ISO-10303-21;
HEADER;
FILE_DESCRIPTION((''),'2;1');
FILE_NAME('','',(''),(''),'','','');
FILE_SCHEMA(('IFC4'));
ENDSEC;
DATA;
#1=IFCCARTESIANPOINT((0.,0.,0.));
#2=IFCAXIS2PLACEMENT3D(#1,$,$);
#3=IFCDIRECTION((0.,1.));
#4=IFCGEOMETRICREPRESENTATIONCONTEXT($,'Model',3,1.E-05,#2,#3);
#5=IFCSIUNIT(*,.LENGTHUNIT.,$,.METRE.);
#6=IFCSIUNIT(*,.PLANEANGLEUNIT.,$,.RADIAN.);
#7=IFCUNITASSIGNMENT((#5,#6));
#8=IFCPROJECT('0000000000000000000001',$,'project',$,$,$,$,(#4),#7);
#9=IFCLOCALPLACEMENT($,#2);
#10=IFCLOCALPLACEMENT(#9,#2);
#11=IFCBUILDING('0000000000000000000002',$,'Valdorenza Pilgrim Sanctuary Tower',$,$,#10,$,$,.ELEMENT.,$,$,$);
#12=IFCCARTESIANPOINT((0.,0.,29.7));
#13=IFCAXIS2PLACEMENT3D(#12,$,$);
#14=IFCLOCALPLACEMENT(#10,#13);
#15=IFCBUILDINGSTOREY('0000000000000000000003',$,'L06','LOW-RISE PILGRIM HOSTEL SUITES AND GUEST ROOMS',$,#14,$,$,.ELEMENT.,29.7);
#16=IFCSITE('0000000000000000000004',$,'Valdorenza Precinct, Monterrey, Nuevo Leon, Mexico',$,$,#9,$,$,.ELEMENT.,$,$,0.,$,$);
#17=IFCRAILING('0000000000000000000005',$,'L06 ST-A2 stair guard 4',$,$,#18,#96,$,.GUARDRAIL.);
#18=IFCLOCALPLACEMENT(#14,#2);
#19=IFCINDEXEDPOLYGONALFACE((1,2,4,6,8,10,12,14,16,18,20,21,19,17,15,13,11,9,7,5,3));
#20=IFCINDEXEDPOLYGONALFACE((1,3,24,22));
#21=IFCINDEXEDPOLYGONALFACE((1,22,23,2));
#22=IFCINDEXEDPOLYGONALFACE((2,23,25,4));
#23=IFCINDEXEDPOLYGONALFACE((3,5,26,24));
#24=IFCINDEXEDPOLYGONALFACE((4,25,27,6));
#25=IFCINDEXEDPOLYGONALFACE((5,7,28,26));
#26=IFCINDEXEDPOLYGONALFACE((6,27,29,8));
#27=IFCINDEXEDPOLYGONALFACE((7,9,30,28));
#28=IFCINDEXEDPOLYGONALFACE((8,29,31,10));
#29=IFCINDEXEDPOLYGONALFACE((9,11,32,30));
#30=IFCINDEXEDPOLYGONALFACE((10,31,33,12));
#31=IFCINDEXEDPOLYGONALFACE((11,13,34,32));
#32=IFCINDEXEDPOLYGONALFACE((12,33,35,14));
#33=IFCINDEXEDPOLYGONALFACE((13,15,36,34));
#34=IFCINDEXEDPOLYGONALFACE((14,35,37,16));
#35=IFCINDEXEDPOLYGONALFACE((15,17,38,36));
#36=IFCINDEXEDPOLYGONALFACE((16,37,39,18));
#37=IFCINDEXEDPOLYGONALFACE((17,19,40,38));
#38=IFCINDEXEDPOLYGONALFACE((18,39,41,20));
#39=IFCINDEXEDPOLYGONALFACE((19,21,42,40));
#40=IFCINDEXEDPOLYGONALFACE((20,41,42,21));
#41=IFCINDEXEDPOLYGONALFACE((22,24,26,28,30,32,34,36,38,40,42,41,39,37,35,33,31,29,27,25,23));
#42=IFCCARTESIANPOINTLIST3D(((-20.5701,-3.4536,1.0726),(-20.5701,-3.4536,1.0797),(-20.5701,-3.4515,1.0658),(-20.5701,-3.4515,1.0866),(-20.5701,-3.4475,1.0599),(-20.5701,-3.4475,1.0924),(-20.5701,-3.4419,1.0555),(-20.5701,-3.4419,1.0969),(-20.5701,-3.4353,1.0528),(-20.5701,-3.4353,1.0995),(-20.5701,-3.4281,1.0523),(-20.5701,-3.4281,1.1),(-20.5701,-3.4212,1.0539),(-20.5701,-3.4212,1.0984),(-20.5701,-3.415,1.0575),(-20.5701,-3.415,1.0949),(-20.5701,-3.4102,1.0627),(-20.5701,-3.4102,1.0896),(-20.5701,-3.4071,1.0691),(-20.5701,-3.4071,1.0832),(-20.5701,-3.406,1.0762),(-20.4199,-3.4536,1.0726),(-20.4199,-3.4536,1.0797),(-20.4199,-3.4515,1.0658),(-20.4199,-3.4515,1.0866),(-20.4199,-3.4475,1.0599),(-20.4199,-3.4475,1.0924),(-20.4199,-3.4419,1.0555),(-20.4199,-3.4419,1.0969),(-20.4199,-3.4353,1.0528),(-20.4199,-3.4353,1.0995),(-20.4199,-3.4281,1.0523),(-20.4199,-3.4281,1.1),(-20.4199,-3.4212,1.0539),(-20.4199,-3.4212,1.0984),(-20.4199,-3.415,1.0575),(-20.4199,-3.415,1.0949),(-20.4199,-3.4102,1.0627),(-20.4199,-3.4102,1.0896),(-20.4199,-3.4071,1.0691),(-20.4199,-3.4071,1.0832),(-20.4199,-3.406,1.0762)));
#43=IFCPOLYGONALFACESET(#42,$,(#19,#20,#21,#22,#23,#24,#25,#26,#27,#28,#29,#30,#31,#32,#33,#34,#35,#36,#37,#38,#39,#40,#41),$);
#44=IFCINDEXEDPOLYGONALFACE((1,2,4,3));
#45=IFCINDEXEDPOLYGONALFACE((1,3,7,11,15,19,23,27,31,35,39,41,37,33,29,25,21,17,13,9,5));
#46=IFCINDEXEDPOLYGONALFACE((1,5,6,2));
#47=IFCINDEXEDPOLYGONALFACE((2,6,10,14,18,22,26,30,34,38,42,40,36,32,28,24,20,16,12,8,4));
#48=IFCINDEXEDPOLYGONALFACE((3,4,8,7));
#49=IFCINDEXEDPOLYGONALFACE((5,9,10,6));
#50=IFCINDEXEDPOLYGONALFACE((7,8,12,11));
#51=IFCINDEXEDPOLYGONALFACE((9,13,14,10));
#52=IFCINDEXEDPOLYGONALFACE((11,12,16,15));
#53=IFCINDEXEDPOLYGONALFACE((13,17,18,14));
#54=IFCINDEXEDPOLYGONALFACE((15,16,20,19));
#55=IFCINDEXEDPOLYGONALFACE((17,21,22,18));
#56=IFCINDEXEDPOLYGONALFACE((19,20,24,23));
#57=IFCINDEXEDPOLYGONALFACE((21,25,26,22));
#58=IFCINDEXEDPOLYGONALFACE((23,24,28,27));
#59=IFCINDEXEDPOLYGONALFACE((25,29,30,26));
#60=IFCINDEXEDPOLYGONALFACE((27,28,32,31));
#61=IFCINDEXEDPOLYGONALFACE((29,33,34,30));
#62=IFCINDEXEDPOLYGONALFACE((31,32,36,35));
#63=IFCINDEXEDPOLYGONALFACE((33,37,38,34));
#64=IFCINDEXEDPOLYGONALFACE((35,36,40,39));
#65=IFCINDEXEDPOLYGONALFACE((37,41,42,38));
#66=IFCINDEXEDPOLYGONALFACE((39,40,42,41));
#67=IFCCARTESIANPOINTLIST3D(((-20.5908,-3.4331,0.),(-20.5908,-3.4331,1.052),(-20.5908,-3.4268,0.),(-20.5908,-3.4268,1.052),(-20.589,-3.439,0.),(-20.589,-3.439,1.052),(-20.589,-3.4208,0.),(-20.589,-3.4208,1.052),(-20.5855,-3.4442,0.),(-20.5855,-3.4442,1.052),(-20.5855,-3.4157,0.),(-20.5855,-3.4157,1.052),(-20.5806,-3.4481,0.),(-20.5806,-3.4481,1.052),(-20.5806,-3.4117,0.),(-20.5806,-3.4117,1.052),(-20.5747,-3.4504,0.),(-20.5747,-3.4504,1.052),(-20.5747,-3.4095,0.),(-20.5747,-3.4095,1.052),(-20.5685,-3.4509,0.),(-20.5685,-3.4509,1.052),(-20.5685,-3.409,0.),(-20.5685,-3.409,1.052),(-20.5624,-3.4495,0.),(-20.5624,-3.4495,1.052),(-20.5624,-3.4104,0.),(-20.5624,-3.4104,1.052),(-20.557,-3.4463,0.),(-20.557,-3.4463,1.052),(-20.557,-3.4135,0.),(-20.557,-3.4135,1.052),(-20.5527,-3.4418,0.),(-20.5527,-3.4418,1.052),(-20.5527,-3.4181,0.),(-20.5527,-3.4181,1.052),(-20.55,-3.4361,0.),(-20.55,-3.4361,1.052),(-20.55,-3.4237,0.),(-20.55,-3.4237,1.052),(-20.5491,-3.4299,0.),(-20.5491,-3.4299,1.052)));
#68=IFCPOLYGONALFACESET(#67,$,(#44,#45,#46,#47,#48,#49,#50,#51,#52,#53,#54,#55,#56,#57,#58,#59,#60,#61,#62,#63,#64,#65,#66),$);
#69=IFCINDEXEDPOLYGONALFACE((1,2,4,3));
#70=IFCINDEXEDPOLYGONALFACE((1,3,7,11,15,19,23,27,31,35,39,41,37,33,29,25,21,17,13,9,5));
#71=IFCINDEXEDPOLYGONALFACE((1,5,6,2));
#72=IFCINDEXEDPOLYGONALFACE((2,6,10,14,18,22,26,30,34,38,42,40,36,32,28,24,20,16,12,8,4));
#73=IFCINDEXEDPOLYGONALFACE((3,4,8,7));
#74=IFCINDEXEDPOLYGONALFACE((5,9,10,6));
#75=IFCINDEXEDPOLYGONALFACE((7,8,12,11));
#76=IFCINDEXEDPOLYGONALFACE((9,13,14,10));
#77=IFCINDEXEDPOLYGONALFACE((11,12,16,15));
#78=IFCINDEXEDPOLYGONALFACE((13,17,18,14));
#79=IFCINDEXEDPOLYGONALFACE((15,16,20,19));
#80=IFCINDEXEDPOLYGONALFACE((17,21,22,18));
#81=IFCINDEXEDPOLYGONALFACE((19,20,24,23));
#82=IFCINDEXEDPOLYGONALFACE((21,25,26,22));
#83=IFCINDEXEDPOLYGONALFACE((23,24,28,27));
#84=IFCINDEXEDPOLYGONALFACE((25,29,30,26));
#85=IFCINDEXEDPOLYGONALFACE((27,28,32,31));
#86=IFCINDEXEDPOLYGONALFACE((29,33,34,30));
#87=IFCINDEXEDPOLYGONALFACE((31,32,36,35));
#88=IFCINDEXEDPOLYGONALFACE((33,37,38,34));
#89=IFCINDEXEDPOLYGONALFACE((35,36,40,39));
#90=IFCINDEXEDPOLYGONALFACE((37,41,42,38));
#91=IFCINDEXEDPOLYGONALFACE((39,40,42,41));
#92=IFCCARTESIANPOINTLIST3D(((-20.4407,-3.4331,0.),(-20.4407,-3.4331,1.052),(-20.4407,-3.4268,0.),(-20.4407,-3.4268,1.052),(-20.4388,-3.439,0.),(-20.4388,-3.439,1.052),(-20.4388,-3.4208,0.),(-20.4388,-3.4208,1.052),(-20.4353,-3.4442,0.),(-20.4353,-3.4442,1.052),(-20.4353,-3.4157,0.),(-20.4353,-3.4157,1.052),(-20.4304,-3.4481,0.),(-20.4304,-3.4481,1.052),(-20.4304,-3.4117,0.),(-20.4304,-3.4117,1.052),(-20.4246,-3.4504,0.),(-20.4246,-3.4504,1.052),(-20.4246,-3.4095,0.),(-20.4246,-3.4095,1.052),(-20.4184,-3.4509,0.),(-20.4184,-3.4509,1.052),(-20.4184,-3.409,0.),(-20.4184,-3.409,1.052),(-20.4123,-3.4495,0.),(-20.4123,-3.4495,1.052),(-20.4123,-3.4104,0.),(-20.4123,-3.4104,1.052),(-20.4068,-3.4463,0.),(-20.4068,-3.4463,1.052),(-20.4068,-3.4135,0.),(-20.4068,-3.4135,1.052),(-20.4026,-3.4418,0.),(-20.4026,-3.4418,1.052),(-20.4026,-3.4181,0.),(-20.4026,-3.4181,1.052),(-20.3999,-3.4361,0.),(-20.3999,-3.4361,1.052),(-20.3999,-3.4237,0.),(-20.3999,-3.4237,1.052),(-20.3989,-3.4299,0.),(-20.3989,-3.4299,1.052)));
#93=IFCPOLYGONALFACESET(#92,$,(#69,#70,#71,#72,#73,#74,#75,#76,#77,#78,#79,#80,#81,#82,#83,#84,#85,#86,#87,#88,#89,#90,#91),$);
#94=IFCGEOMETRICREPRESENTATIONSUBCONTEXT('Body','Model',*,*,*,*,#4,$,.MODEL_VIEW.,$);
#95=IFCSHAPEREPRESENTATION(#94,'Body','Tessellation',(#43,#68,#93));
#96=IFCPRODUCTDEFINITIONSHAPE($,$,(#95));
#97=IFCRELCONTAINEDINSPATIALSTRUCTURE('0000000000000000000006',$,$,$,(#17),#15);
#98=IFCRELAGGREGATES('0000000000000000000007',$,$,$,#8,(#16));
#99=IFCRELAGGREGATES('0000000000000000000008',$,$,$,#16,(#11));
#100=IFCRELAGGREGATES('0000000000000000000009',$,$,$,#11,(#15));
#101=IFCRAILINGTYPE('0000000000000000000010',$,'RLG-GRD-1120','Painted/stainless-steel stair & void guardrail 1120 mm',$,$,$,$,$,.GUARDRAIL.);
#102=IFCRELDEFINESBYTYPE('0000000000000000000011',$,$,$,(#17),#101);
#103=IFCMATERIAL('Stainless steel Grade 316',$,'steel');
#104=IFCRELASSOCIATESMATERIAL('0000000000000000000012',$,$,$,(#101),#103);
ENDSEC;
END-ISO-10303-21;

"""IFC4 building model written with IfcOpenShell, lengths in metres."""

from ifc_helpers import new_model, si_unit, direction, frame, origin, origin_2d, place, context, subcontext, project, spatial, circle, extrude, material, type_object, element, save


model = new_model("IFC4")

# Units and contexts
model_context = context("Model", 3, precision=1e-05, world=origin(), true_north=direction((0.0, 1.0)))
body_context = subcontext(model_context, "Body", "Model", "MODEL_VIEW")
ifc_project = project(units=[si_unit("LENGTHUNIT", "METRE"), si_unit("PLANEANGLEUNIT", "RADIAN")], contexts=[model_context])

# Site, building, storey
site_placement = place(None, origin())
site = spatial("IfcSite", under=ifc_project, at=site_placement, Name="Valdorenza Precinct, Monterrey, Nuevo Leon, Mexico", CompositionType="ELEMENT", RefElevation=0.0)
building_placement = place(site_placement, origin())
building = spatial("IfcBuilding", under=site, at=building_placement, Name="Valdorenza Pilgrim Sanctuary Tower", CompositionType="ELEMENT")
storey_placement = place(building_placement, frame((0.0, 0.0, 29.7)))
storey = spatial("IfcBuildingStorey", under=building, at=storey_placement, Name="L06", Description="LOW-RISE PILGRIM HOSTEL SUITES AND GUEST ROOMS", CompositionType="ELEMENT", Elevation=29.7)

# Railing
ifc_material_1 = material(Name="Stainless steel Grade 316", Category="steel")
railing_type_1 = type_object("IfcRailingType", Name="RLG-GRD-1120", Description="Painted/stainless-steel stair & void guardrail 1120 mm", PredefinedType="GUARDRAIL", material=ifc_material_1)
railing_1_placement = place(storey_placement, frame((-20.5701, -3.4299, 0.0)))
element("IfcRailing", 1, at=railing_1_placement, inside=storey, type_object=railing_type_1, Name="L06 ST-A2 stair guard 4", PredefinedType="GUARDRAIL", context=body_context, shape_type="SweptSolid", body=[
    extrude(circle(Radius=0.0239, at=origin_2d()), frame((0.0, 0.0, 1.0762), z_axis=(1.0, 0.0, 0.0), x_axis=(0.0, 1.0, 0.0)), (0.0, 0.0, 1.0), 0.1501),
    extrude(circle(Radius=0.021, at=origin_2d()), origin(), (0.0, 0.0, 1.0), 1.052),
    extrude(circle(Radius=0.021, at=origin_2d()), frame((0.1501, 0.0, 0.0)), (0.0, 0.0, 1.0), 1.052),
])

save(model, "model.ifc")
